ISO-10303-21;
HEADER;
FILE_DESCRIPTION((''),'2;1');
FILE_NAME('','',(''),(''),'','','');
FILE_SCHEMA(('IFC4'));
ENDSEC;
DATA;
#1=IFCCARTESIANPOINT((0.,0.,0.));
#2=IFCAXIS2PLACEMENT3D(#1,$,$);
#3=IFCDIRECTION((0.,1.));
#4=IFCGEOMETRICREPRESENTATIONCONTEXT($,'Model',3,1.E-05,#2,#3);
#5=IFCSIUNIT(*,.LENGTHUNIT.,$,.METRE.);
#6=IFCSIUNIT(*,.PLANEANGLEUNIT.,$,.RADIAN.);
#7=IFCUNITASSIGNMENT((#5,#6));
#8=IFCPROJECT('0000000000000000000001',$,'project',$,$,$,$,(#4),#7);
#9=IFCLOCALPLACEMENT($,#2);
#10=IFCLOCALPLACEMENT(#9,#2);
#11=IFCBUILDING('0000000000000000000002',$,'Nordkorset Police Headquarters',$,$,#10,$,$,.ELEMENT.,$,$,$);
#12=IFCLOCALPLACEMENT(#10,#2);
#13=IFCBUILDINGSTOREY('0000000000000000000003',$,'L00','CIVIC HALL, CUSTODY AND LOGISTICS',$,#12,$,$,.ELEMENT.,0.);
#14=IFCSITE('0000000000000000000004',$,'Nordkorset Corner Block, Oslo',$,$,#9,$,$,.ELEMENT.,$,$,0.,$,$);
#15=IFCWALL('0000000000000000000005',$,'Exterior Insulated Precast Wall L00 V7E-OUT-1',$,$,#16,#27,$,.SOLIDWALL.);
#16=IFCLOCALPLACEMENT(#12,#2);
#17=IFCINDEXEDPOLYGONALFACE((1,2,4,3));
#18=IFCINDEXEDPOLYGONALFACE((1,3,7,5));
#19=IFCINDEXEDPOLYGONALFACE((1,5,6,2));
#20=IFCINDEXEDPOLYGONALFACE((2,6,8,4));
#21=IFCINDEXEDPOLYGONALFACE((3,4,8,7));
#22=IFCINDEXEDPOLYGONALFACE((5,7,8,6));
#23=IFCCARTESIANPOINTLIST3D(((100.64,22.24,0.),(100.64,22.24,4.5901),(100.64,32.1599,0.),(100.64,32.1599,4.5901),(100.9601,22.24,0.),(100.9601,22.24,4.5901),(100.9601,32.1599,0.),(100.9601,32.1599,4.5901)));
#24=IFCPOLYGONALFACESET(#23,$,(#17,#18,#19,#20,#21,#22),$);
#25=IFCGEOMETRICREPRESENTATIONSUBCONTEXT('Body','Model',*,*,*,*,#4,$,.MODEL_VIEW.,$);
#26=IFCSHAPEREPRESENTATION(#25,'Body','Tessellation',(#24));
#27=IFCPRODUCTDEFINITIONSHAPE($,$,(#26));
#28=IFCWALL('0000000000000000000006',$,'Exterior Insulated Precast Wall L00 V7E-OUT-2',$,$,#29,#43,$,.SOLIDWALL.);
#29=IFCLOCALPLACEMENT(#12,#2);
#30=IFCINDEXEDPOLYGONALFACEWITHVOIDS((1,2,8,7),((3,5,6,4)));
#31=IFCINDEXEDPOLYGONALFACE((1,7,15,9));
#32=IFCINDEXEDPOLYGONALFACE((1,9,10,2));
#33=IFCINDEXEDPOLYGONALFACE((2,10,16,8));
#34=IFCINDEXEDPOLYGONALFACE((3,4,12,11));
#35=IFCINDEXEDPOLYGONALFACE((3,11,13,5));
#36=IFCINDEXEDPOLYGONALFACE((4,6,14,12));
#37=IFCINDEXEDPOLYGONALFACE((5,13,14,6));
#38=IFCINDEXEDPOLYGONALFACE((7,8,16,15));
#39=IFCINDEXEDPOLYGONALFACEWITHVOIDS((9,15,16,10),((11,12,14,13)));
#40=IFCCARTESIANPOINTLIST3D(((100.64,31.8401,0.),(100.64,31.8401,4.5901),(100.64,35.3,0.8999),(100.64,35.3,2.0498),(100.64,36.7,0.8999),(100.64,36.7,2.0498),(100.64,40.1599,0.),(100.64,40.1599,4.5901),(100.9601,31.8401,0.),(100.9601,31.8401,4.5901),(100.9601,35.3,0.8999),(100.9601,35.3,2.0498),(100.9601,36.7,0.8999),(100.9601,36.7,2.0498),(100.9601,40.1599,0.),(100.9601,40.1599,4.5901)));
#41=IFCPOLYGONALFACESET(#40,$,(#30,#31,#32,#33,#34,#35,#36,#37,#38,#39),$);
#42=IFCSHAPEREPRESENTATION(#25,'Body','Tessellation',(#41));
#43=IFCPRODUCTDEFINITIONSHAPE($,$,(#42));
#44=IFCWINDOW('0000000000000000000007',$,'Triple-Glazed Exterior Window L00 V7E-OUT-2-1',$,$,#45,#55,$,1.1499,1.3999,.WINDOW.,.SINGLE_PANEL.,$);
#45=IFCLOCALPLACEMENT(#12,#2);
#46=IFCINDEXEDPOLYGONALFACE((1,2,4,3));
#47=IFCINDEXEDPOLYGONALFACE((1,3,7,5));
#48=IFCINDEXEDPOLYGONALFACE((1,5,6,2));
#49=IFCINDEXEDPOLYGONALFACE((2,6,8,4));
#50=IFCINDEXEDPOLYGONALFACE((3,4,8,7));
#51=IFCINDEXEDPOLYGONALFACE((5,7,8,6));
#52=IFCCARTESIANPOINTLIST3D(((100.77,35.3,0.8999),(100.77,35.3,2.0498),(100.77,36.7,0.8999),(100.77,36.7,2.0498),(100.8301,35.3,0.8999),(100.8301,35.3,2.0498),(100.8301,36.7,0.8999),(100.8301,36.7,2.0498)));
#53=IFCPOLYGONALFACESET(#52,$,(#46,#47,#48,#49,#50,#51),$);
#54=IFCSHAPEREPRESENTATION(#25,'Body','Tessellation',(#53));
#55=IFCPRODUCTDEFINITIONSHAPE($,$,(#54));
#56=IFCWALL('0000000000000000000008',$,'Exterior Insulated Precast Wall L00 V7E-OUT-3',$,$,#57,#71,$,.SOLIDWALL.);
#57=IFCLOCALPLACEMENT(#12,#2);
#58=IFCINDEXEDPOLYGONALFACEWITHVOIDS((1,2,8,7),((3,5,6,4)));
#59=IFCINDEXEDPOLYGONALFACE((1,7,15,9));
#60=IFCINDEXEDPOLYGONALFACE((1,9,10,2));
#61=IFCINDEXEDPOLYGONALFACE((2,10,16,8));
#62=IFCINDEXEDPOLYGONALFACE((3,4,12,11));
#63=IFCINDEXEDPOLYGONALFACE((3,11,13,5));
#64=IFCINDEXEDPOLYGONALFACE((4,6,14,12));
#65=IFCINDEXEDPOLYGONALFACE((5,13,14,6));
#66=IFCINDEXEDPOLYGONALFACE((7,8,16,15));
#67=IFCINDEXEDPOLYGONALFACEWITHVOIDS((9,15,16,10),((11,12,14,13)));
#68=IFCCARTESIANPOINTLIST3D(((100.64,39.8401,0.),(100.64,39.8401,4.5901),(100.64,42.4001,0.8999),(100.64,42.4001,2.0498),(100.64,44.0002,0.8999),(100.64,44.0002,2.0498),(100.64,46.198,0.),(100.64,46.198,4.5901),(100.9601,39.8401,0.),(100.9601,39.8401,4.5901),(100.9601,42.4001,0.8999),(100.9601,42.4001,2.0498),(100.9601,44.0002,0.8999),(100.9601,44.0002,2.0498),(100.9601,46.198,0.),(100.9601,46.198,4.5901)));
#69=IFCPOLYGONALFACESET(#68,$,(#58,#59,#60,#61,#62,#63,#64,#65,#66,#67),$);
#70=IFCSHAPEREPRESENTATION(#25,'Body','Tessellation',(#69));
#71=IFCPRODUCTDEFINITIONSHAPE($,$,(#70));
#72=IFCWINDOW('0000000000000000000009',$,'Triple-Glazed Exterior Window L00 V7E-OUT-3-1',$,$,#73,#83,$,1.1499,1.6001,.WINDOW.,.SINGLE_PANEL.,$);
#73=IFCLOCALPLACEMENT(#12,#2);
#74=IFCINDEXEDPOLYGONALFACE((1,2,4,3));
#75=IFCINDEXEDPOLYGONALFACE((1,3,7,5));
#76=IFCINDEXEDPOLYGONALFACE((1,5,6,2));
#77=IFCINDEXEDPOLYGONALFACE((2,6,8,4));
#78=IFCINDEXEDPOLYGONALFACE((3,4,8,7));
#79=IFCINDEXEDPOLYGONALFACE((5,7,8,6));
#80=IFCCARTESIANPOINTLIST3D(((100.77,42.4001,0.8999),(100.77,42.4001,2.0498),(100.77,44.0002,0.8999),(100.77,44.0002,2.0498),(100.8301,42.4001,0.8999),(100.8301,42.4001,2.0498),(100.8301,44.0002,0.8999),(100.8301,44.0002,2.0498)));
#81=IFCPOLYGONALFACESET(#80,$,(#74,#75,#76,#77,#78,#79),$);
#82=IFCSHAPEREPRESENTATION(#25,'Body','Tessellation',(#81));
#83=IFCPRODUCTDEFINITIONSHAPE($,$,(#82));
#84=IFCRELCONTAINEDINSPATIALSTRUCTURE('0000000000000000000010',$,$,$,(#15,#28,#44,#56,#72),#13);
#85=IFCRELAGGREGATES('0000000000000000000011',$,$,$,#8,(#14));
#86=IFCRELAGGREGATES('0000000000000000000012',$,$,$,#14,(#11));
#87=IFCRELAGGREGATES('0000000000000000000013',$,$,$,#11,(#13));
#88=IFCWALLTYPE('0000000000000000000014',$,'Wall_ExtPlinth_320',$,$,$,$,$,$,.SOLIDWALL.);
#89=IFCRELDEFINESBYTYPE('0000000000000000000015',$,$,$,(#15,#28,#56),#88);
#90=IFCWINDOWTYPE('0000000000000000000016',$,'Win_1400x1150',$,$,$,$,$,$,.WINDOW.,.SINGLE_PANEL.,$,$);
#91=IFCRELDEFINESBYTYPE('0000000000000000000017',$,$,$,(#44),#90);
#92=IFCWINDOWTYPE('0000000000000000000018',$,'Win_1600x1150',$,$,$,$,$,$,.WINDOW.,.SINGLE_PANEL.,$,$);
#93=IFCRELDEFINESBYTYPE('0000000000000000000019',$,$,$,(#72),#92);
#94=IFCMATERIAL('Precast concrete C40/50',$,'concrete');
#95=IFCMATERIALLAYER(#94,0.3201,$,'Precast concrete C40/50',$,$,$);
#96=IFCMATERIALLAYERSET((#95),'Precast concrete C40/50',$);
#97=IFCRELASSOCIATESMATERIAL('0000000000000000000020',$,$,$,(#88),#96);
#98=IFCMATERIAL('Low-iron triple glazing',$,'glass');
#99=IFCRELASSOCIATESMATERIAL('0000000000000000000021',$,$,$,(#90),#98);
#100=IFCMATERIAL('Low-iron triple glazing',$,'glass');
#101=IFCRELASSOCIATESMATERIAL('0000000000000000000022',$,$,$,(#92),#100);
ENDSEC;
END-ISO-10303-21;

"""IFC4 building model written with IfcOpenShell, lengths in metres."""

from ifc_helpers import new_model, si_unit, direction, frame, frame_2d, origin, place, context, subcontext, project, spatial, rectangle, extrude, material, layer, layer_set, type_object, element, fill, save


model = new_model("IFC4")

# Units and contexts
model_context = context("Model", 3, precision=1e-05, world=origin(), true_north=direction((0.0, 1.0)))
body_context = subcontext(model_context, "Body", "Model", "MODEL_VIEW")
ifc_project = project(units=[si_unit("LENGTHUNIT", "METRE"), si_unit("PLANEANGLEUNIT", "RADIAN")], contexts=[model_context])

# Site, building, storey
site_placement = place(None, origin())
site = spatial("IfcSite", under=ifc_project, at=site_placement, Name="Nordkorset Corner Block, Oslo", CompositionType="ELEMENT", RefElevation=0.0)
building_placement = place(site_placement, origin())
building = spatial("IfcBuilding", under=site, at=building_placement, Name="Nordkorset Police Headquarters", CompositionType="ELEMENT")
storey_placement = place(building_placement, origin())
storey = spatial("IfcBuildingStorey", under=building, at=storey_placement, Name="L00", Description="CIVIC HALL, CUSTODY AND LOGISTICS", CompositionType="ELEMENT", Elevation=0.0)

# Wall
ifc_material_1 = material(Name="Precast concrete C40/50", Category="concrete")
ifc_layer_1 = layer(ifc_material_1, 0.3201, Name="Precast concrete C40/50")
ifc_layer_set_1 = layer_set([ifc_layer_1], Name="Precast concrete C40/50")
wall_type_1 = type_object("IfcWallType", Name="Wall_ExtPlinth_320", PredefinedType="SOLIDWALL", material=ifc_layer_set_1)
wall_1_placement = place(storey_placement, frame((100.8, 22.24, 0.0), z_axis=(0.0, 0.0, 1.0), x_axis=(0.0, 1.0, 0.0)))
element("IfcWall", 1, at=wall_1_placement, inside=storey, type_object=wall_type_1, Name="Exterior Insulated Precast Wall L00 V7E-OUT-1", PredefinedType="SOLIDWALL", context=body_context, shape_type="SweptSolid", body=[
    extrude(rectangle(XDim=9.9199, YDim=0.3201, at=frame_2d((4.96, 0.0))), origin(), (0.0, 0.0, 1.0), 4.5901),
])

# Walls, openings, windows
wall_2_placement = place(storey_placement, frame((100.8, 31.8401, 0.0), z_axis=(0.0, 0.0, 1.0), x_axis=(0.0, 1.0, 0.0)))
wall_2 = element("IfcWall", 2, at=wall_2_placement, inside=storey, type_object=wall_type_1, Name="Exterior Insulated Precast Wall L00 V7E-OUT-2", PredefinedType="SOLIDWALL", context=body_context, shape_type="SweptSolid", body=[
    extrude(rectangle(XDim=8.3198, YDim=0.3201, at=frame_2d((4.1599, 0.0))), origin(), (0.0, 0.0, 1.0), 4.5901),
])
opening_1_placement = place(wall_2_placement, frame((3.46, 0.0, 0.8999)))
opening_1 = element("IfcOpeningElement", 3, at=opening_1_placement, cuts=wall_2, PredefinedType="OPENING", context=body_context, shape_type="SweptSolid", body=[
    extrude(rectangle(XDim=1.3999, YDim=1.1499, at=frame_2d((0.7, 0.575))), frame((0.0, 0.1699, 0.0), z_axis=(0.0, -1.0, 0.0), x_axis=(1.0, 0.0, 0.0)), (0.0, 0.0, 1.0), 0.3401),
])
ifc_material_2 = material(Name="Low-iron triple glazing", Category="glass")
window_type_1 = type_object("IfcWindowType", Name="Win_1400x1150", PartitioningType="SINGLE_PANEL", PredefinedType="WINDOW", material=ifc_material_2)
window_1_placement = place(opening_1_placement, origin())
window_1 = element("IfcWindow", 4, at=window_1_placement, inside=storey, type_object=window_type_1, Name="Triple-Glazed Exterior Window L00 V7E-OUT-2-1", OverallHeight=1.1499, OverallWidth=1.3999, PartitioningType="SINGLE_PANEL", PredefinedType="WINDOW", context=body_context, shape_type="SweptSolid", body=[
    extrude(rectangle(XDim=1.3999, YDim=1.1499, at=frame_2d((0.7, 0.575))), frame((0.0, 0.03, 0.0), z_axis=(0.0, -1.0, 0.0), x_axis=(1.0, 0.0, 0.0)), (0.0, 0.0, 1.0), 0.0601),
])
fill(opening_1, window_1)
wall_3_placement = place(storey_placement, frame((100.8, 39.8401, 0.0), z_axis=(0.0, 0.0, 1.0), x_axis=(0.0, 1.0, 0.0)))
wall_3 = element("IfcWall", 5, at=wall_3_placement, inside=storey, type_object=wall_type_1, Name="Exterior Insulated Precast Wall L00 V7E-OUT-3", PredefinedType="SOLIDWALL", context=body_context, shape_type="SweptSolid", body=[
    extrude(rectangle(XDim=6.3579, YDim=0.3201, at=frame_2d((3.179, 0.0))), origin(), (0.0, 0.0, 1.0), 4.5901),
])
opening_2_placement = place(wall_3_placement, frame((2.5601, 0.0, 0.8999)))
opening_2 = element("IfcOpeningElement", 6, at=opening_2_placement, cuts=wall_3, PredefinedType="OPENING", context=body_context, shape_type="SweptSolid", body=[
    extrude(rectangle(XDim=1.6001, YDim=1.1499, at=frame_2d((0.8, 0.575))), frame((0.0, 0.1699, 0.0), z_axis=(0.0, -1.0, 0.0), x_axis=(1.0, 0.0, 0.0)), (0.0, 0.0, 1.0), 0.3401),
])
ifc_material_3 = material(Name="Low-iron triple glazing", Category="glass")
window_type_2 = type_object("IfcWindowType", Name="Win_1600x1150", PartitioningType="SINGLE_PANEL", PredefinedType="WINDOW", material=ifc_material_3)
window_2_placement = place(opening_2_placement, origin())
window_2 = element("IfcWindow", 7, at=window_2_placement, inside=storey, type_object=window_type_2, Name="Triple-Glazed Exterior Window L00 V7E-OUT-3-1", OverallHeight=1.1499, OverallWidth=1.6001, PartitioningType="SINGLE_PANEL", PredefinedType="WINDOW", context=body_context, shape_type="SweptSolid", body=[
    extrude(rectangle(XDim=1.6001, YDim=1.1499, at=frame_2d((0.8, 0.575))), frame((0.0, 0.03, 0.0), z_axis=(0.0, -1.0, 0.0), x_axis=(1.0, 0.0, 0.0)), (0.0, 0.0, 1.0), 0.0601),
])
fill(opening_2, window_2)

save(model, "model.ifc")
